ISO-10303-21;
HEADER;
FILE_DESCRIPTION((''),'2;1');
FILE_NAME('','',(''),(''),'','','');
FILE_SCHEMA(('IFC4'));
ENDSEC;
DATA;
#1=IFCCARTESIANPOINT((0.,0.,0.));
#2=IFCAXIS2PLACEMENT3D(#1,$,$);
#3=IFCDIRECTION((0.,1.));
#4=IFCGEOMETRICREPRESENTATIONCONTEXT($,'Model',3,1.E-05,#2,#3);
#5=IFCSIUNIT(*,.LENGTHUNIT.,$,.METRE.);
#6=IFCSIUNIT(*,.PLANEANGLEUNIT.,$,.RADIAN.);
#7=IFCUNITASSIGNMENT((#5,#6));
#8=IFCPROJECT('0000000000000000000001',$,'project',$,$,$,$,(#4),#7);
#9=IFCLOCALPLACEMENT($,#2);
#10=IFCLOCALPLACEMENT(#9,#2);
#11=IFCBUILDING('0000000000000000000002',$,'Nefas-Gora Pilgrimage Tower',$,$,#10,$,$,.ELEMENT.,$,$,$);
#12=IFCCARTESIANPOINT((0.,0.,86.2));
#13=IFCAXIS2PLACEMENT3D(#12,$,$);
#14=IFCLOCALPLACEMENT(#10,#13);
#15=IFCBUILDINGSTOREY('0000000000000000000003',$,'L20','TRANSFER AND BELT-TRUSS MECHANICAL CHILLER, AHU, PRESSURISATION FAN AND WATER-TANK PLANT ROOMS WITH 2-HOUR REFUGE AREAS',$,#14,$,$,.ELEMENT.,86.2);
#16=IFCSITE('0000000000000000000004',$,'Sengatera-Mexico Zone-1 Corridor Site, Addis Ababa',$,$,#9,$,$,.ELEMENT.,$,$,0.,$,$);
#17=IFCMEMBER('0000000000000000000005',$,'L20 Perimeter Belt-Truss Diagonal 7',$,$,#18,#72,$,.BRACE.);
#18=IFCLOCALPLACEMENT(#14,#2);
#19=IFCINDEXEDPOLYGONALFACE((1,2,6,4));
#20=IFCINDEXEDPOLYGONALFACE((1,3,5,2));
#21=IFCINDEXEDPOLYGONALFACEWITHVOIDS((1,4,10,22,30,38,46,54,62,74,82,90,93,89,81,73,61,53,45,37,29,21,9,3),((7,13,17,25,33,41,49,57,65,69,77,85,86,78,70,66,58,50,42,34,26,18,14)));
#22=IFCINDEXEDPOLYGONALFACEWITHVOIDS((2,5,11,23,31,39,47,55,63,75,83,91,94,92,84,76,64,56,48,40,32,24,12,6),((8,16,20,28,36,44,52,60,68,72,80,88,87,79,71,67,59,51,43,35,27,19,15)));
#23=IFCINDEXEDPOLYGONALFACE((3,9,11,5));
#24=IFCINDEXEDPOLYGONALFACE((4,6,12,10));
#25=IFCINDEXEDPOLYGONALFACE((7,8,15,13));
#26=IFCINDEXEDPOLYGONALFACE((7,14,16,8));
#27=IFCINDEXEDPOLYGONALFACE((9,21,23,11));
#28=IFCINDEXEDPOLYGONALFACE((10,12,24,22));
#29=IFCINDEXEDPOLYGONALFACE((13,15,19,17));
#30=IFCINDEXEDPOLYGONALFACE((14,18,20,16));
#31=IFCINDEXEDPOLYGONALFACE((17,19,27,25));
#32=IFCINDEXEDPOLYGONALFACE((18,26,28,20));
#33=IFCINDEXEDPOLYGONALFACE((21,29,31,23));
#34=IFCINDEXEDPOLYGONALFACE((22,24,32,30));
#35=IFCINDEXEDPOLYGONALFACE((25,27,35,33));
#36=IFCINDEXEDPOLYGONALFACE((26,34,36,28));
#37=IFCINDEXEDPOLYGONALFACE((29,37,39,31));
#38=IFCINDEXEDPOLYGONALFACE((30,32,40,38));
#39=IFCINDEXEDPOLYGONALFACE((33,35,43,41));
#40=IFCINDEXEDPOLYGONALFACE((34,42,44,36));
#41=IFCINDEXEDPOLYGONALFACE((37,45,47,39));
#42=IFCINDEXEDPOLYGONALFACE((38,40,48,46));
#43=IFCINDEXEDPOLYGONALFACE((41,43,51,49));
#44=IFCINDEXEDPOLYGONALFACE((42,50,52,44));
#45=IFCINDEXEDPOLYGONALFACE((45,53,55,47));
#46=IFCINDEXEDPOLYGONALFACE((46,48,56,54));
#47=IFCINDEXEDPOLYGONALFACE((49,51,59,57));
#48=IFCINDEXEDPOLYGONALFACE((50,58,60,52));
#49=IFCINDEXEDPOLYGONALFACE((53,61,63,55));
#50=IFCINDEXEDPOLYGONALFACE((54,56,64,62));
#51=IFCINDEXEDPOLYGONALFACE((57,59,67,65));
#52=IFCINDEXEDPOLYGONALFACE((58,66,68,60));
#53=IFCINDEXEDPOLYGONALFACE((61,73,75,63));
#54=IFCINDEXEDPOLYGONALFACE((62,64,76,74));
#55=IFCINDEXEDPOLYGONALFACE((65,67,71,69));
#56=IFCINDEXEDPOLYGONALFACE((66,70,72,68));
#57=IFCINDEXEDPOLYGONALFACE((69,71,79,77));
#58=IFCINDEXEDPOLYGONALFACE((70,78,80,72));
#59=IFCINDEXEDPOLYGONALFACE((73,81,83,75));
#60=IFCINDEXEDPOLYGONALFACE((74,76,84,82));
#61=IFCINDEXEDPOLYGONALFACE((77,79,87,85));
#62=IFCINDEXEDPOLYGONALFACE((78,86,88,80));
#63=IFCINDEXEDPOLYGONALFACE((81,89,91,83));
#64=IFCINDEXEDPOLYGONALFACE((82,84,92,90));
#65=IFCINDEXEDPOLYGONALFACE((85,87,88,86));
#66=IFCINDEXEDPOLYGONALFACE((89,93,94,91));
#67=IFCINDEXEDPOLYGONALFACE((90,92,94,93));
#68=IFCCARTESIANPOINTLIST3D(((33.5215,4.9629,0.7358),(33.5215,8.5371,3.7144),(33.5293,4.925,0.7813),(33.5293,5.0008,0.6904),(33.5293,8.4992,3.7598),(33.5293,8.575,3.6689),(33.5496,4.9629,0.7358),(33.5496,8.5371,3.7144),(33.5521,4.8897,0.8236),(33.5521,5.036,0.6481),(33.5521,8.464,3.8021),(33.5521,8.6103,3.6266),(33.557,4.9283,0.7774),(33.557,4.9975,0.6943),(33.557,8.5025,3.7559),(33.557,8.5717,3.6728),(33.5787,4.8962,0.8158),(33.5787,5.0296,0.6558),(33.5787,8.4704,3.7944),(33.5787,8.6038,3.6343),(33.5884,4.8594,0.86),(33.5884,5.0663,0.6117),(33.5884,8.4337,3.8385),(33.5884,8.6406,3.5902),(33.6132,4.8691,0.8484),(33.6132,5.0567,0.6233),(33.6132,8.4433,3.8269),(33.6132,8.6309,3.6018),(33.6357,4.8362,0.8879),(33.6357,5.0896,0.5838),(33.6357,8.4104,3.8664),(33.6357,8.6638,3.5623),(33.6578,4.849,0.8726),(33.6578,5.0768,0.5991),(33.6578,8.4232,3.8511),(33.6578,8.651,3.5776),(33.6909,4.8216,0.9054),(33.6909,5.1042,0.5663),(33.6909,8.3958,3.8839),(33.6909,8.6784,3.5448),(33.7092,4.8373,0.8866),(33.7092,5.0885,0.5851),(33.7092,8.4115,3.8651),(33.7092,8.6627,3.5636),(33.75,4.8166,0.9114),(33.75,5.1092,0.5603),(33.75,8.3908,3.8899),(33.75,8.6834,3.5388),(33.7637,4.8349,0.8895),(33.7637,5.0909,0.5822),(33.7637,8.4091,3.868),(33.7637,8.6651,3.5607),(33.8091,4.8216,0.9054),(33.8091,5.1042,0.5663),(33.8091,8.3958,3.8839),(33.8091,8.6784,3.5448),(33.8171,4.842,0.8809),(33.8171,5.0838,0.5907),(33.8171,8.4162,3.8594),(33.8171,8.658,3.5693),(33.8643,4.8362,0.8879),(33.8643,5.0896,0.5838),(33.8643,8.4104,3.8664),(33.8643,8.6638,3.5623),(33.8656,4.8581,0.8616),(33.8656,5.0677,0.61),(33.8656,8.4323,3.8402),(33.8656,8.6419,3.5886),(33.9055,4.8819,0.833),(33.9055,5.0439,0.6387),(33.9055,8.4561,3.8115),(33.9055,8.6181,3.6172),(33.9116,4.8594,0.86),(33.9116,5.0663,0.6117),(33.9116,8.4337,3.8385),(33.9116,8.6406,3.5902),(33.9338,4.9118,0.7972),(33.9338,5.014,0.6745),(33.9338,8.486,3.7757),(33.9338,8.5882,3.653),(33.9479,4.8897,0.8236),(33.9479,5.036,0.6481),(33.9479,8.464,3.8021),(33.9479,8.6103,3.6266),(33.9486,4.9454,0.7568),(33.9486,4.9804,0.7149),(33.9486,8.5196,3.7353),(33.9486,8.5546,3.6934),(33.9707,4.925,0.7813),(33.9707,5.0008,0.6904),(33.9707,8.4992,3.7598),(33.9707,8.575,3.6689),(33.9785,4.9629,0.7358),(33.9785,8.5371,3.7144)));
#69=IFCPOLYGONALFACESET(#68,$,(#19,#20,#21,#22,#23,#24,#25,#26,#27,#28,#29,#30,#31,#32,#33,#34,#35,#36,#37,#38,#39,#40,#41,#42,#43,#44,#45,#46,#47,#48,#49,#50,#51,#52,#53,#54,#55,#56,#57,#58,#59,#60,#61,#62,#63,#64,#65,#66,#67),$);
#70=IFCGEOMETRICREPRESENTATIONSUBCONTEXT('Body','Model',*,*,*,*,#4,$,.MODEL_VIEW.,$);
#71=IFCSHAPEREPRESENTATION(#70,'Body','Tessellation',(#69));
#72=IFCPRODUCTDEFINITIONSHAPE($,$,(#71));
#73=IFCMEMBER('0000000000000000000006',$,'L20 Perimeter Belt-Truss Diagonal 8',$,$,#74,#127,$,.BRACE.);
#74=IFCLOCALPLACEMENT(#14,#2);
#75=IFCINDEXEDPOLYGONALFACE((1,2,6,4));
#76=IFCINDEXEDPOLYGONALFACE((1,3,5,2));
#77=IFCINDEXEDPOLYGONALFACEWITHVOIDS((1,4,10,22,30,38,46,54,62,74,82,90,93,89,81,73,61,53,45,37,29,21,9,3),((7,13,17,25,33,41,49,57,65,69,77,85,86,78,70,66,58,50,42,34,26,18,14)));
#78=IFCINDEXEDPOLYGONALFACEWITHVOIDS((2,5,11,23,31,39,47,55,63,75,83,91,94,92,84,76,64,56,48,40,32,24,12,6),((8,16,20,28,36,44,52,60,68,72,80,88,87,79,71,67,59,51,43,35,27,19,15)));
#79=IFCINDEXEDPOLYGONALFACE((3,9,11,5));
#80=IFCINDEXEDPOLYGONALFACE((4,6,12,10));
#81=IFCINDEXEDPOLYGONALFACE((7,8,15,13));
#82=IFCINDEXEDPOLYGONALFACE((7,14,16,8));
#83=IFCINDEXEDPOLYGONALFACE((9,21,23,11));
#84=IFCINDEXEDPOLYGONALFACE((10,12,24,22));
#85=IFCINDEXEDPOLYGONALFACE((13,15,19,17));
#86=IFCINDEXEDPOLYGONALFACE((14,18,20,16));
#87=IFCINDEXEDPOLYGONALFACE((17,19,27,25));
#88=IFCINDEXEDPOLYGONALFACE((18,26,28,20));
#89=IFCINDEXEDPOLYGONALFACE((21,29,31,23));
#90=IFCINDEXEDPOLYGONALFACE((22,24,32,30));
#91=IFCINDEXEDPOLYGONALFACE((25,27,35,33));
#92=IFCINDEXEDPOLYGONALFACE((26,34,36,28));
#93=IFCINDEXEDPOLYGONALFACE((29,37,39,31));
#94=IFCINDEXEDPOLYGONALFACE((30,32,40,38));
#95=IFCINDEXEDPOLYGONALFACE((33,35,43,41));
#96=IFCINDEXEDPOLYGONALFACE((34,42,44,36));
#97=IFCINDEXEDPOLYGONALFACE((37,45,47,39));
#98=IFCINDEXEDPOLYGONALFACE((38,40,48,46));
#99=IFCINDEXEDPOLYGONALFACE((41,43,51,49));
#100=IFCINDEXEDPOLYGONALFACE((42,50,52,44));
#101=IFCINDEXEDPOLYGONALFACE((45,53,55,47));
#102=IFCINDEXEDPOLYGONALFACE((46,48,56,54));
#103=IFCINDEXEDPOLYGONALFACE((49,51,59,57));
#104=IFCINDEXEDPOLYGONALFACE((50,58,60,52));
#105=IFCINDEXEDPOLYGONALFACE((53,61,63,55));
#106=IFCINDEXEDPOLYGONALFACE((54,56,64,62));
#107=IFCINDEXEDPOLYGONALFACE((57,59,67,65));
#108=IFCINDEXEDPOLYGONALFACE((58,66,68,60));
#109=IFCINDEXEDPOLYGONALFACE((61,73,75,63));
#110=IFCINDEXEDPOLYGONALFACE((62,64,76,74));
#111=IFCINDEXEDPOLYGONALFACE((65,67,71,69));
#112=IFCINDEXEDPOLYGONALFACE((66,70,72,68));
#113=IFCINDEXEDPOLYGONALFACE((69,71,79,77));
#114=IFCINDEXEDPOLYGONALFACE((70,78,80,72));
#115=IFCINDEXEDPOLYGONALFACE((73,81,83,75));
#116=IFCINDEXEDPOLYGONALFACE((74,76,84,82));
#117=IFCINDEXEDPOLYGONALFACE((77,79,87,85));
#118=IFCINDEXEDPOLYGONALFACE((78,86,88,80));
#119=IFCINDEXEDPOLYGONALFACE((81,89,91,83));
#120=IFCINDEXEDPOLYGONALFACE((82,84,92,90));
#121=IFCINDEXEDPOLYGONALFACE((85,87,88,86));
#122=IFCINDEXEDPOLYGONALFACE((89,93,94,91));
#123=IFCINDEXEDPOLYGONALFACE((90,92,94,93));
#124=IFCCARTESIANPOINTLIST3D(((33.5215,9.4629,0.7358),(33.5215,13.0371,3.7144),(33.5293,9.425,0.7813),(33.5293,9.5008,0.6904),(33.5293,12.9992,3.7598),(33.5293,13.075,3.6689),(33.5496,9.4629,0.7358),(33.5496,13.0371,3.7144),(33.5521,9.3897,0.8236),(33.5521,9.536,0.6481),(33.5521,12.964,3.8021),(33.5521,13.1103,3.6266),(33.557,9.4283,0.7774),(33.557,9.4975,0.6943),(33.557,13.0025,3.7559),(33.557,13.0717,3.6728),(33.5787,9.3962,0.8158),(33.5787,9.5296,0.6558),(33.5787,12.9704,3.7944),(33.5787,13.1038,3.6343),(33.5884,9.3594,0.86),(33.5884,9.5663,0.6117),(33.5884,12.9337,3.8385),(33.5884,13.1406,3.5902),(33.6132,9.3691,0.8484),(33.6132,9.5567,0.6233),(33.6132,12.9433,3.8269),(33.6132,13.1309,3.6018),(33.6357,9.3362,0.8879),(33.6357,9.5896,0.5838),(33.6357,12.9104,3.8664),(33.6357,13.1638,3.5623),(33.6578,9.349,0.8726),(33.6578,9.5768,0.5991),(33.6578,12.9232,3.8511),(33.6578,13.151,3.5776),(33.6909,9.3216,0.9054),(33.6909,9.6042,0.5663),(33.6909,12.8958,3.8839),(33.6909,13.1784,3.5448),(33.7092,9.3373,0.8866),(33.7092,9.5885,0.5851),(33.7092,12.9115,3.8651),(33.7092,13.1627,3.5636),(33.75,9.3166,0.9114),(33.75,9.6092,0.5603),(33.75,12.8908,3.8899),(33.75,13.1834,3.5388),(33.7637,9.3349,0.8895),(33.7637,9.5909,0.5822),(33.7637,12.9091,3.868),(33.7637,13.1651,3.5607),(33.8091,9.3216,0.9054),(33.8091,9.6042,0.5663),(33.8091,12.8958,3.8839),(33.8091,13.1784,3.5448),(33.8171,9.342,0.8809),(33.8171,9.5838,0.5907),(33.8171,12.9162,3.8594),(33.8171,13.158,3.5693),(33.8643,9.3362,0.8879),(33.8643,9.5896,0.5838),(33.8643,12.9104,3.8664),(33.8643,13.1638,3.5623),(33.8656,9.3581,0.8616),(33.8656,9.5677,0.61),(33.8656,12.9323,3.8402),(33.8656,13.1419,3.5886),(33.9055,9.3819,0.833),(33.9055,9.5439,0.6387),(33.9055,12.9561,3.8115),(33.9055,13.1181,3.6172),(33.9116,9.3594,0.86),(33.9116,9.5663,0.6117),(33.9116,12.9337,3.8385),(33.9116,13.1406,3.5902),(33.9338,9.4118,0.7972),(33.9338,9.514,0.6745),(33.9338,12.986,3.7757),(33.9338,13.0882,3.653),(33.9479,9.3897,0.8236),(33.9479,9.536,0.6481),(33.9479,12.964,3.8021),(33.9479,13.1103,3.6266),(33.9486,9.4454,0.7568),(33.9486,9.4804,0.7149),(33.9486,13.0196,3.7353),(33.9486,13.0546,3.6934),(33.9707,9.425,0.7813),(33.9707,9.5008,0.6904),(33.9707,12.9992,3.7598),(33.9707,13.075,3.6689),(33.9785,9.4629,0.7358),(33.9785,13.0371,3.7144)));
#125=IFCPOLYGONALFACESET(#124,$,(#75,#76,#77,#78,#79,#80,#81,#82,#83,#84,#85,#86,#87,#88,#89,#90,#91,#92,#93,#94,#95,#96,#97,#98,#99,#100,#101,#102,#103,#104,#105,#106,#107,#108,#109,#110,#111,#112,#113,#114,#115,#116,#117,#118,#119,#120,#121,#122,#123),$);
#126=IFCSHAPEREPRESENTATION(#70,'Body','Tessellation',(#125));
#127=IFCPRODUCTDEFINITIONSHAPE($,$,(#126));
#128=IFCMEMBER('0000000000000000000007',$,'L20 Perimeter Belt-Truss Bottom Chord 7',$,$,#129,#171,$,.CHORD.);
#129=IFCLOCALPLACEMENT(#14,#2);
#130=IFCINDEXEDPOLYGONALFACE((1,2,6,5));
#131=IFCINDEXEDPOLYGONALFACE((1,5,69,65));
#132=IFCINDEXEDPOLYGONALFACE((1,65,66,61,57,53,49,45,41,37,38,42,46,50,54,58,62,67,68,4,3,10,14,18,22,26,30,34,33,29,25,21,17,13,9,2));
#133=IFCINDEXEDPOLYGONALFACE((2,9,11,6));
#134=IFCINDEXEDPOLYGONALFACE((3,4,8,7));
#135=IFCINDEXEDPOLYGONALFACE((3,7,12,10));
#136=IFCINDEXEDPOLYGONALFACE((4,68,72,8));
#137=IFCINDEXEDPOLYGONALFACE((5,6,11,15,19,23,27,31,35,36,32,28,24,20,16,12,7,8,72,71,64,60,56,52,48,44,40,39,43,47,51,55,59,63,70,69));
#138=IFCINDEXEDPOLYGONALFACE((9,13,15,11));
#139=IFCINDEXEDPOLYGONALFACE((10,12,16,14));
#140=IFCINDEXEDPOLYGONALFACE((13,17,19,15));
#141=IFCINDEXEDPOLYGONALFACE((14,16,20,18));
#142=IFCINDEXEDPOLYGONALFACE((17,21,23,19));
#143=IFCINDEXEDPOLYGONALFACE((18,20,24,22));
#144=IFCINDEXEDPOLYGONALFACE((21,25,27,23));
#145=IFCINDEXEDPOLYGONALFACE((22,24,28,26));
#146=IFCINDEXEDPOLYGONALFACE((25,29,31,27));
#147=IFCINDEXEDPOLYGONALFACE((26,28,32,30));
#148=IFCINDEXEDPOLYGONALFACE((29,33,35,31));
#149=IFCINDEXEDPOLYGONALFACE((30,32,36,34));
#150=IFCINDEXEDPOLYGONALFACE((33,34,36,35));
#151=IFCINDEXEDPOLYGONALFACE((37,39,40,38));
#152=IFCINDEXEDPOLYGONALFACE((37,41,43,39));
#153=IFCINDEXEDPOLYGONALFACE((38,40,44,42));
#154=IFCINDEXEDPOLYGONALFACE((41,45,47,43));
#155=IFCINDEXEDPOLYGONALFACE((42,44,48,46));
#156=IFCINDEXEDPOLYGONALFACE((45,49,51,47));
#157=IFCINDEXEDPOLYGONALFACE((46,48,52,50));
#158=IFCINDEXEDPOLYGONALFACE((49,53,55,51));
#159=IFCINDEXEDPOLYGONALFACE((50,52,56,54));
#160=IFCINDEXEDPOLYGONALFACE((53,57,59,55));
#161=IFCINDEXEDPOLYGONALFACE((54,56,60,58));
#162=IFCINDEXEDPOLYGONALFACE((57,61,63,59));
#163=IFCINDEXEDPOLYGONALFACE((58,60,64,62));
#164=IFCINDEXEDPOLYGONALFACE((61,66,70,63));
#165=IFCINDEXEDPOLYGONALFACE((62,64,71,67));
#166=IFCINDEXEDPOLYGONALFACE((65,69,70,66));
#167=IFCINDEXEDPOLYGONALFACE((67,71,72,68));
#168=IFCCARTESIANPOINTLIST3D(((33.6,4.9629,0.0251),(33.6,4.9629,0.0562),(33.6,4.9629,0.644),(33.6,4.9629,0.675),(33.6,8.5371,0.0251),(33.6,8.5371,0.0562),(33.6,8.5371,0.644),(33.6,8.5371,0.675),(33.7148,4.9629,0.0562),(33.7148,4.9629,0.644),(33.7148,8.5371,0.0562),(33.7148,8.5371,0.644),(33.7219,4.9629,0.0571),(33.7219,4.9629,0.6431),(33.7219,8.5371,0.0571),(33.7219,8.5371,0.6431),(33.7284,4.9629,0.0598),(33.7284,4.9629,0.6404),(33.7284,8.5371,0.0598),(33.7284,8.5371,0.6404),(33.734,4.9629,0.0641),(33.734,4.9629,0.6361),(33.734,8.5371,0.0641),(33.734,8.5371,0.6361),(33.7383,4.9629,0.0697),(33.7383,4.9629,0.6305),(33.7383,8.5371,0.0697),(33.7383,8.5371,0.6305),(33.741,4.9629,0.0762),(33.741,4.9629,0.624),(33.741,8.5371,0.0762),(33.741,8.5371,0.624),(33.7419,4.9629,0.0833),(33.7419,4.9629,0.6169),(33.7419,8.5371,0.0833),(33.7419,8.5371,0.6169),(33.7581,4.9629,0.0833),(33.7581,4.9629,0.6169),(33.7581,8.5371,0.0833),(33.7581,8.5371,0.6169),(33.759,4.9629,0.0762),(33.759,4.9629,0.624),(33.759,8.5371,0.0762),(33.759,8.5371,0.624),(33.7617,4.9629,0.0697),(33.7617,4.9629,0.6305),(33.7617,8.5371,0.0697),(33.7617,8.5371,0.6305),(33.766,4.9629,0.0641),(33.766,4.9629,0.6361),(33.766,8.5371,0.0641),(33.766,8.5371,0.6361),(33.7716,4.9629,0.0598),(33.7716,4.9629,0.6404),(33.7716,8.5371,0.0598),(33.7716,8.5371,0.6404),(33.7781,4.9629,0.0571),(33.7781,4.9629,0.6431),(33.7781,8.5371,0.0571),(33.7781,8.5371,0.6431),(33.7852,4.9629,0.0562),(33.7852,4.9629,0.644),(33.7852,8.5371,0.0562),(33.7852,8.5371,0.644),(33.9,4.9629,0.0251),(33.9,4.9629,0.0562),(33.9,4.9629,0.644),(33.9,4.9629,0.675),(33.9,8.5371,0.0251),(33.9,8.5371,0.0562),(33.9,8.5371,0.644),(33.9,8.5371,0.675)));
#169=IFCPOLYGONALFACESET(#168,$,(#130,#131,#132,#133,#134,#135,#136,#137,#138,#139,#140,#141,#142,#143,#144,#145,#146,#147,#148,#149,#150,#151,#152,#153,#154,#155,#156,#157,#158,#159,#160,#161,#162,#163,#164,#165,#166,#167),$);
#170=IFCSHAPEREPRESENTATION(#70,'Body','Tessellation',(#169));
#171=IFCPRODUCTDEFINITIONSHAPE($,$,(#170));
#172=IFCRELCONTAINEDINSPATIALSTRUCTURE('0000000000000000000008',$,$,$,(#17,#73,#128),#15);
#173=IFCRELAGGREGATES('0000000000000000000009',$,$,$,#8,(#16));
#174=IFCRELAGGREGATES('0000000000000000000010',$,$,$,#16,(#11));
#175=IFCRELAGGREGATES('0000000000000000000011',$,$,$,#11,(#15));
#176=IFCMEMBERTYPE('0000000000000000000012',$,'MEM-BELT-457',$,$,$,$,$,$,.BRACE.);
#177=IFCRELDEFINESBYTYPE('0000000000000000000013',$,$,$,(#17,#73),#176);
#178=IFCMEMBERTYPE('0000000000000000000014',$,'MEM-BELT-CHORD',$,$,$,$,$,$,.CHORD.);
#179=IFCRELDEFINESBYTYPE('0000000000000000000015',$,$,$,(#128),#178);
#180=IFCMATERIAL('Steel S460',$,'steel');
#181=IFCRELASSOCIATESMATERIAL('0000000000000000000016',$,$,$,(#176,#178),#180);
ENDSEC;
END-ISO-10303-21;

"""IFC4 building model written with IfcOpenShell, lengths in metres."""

from ifc_helpers import new_model, si_unit, direction, frame, origin, origin_2d, place, context, subcontext, project, spatial, hollow_circle, i_section, extrude, source, transform, mapped, material, material_profile, profile_set, type_object, element, save


model = new_model("IFC4")

# Units and contexts
model_context = context("Model", 3, precision=1e-05, world=origin(), true_north=direction((0.0, 1.0)))
body_context = subcontext(model_context, "Body", "Model", "MODEL_VIEW")
ifc_project = project(units=[si_unit("LENGTHUNIT", "METRE"), si_unit("PLANEANGLEUNIT", "RADIAN")], contexts=[model_context])

# Site, building, storey
site_placement = place(None, origin())
site = spatial("IfcSite", under=ifc_project, at=site_placement, Name="Sengatera-Mexico Zone-1 Corridor Site, Addis Ababa", CompositionType="ELEMENT", RefElevation=0.0)
building_placement = place(site_placement, origin())
building = spatial("IfcBuilding", under=site, at=building_placement, Name="Nefas-Gora Pilgrimage Tower", CompositionType="ELEMENT")
storey_placement = place(building_placement, frame((0.0, 0.0, 86.2)))
storey = spatial("IfcBuildingStorey", under=building, at=storey_placement, Name="L20", Description="TRANSFER AND BELT-TRUSS MECHANICAL CHILLER, AHU, PRESSURISATION FAN AND WATER-TANK PLANT ROOMS WITH 2-HOUR REFUGE AREAS", CompositionType="ELEMENT", Elevation=86.2)

# Shared definitions
ifc_material_1 = material(Name="Steel S460", Category="steel")

# Members
ifc_material_profile_1 = material_profile(ifc_material_1, hollow_circle(Radius=0.2285, WallThickness=0.0281, at=origin_2d()), Name="CHS 457x28")
ifc_profile_set_1 = profile_set([ifc_material_profile_1], Name="Steel S460")
member_type_1 = type_object("IfcMemberType", Name="MEM-BELT-457", PredefinedType="BRACE", material=ifc_profile_set_1)
shared_shape_1 = source(origin(), body_context, "Body", "SweptSolid", [
    extrude(hollow_circle(Radius=0.2285, WallThickness=0.0281, at=origin_2d()), origin(), (0.0, 0.0, 1.0), 4.6526),
])
for number, where, z_axis, x_axis, name in (
    (1, (33.75, 4.9629, 0.7358), (0.0, 0.768221, 0.640184), (-1.0, 0.0, 0.0), "L20 Perimeter Belt-Truss Diagonal 7"),
    (2, (33.75, 9.4629, 0.7358), (0.0, 0.768221, 0.640184), (-1.0, 0.0, 0.0), "L20 Perimeter Belt-Truss Diagonal 8"),
):
    element("IfcMember", number, at=place(storey_placement, frame(where, z_axis=z_axis, x_axis=x_axis)), inside=storey, type_object=member_type_1, Name=name, PredefinedType="BRACE", context=body_context, shape_type="MappedRepresentation", body=[
        mapped(shared_shape_1, transform((0.0, 0.0, 0.0), x_axis=(1.0, 0.0, 0.0), y_axis=(0.0, 1.0, 0.0), z_axis=(0.0, 0.0, 1.0), scale=1.0)),
    ])
ifc_material_profile_2 = material_profile(ifc_material_1, i_section(OverallWidth=0.3, OverallDepth=0.6499, WebThickness=0.0161, FlangeThickness=0.031, FilletRadius=0.0271, at=origin_2d()), Name="HEB 650")
ifc_profile_set_2 = profile_set([ifc_material_profile_2], Name="Steel S460")
member_type_2 = type_object("IfcMemberType", Name="MEM-BELT-CHORD", PredefinedType="CHORD", material=ifc_profile_set_2)
shared_shape_2 = source(origin(), body_context, "Body", "SweptSolid", [
    extrude(i_section(OverallWidth=0.3, OverallDepth=0.6499, WebThickness=0.0161, FlangeThickness=0.031, FilletRadius=0.0271, at=origin_2d()), origin(), (0.0, 0.0, 1.0), 3.5742),
])
for number, where, z_axis, x_axis, name in (
    (3, (33.75, 4.9629, 0.3501), (0.0, 1.0, 0.0), (-1.0, 0.0, 0.0), "L20 Perimeter Belt-Truss Bottom Chord 7"),
):
    element("IfcMember", number, at=place(storey_placement, frame(where, z_axis=z_axis, x_axis=x_axis)), inside=storey, type_object=member_type_2, Name=name, PredefinedType="CHORD", context=body_context, shape_type="MappedRepresentation", body=[
        mapped(shared_shape_2, transform((0.0, 0.0, 0.0), x_axis=(1.0, 0.0, 0.0), y_axis=(0.0, 1.0, 0.0), z_axis=(0.0, 0.0, 1.0), scale=1.0)),
    ])

save(model, "model.ifc")
